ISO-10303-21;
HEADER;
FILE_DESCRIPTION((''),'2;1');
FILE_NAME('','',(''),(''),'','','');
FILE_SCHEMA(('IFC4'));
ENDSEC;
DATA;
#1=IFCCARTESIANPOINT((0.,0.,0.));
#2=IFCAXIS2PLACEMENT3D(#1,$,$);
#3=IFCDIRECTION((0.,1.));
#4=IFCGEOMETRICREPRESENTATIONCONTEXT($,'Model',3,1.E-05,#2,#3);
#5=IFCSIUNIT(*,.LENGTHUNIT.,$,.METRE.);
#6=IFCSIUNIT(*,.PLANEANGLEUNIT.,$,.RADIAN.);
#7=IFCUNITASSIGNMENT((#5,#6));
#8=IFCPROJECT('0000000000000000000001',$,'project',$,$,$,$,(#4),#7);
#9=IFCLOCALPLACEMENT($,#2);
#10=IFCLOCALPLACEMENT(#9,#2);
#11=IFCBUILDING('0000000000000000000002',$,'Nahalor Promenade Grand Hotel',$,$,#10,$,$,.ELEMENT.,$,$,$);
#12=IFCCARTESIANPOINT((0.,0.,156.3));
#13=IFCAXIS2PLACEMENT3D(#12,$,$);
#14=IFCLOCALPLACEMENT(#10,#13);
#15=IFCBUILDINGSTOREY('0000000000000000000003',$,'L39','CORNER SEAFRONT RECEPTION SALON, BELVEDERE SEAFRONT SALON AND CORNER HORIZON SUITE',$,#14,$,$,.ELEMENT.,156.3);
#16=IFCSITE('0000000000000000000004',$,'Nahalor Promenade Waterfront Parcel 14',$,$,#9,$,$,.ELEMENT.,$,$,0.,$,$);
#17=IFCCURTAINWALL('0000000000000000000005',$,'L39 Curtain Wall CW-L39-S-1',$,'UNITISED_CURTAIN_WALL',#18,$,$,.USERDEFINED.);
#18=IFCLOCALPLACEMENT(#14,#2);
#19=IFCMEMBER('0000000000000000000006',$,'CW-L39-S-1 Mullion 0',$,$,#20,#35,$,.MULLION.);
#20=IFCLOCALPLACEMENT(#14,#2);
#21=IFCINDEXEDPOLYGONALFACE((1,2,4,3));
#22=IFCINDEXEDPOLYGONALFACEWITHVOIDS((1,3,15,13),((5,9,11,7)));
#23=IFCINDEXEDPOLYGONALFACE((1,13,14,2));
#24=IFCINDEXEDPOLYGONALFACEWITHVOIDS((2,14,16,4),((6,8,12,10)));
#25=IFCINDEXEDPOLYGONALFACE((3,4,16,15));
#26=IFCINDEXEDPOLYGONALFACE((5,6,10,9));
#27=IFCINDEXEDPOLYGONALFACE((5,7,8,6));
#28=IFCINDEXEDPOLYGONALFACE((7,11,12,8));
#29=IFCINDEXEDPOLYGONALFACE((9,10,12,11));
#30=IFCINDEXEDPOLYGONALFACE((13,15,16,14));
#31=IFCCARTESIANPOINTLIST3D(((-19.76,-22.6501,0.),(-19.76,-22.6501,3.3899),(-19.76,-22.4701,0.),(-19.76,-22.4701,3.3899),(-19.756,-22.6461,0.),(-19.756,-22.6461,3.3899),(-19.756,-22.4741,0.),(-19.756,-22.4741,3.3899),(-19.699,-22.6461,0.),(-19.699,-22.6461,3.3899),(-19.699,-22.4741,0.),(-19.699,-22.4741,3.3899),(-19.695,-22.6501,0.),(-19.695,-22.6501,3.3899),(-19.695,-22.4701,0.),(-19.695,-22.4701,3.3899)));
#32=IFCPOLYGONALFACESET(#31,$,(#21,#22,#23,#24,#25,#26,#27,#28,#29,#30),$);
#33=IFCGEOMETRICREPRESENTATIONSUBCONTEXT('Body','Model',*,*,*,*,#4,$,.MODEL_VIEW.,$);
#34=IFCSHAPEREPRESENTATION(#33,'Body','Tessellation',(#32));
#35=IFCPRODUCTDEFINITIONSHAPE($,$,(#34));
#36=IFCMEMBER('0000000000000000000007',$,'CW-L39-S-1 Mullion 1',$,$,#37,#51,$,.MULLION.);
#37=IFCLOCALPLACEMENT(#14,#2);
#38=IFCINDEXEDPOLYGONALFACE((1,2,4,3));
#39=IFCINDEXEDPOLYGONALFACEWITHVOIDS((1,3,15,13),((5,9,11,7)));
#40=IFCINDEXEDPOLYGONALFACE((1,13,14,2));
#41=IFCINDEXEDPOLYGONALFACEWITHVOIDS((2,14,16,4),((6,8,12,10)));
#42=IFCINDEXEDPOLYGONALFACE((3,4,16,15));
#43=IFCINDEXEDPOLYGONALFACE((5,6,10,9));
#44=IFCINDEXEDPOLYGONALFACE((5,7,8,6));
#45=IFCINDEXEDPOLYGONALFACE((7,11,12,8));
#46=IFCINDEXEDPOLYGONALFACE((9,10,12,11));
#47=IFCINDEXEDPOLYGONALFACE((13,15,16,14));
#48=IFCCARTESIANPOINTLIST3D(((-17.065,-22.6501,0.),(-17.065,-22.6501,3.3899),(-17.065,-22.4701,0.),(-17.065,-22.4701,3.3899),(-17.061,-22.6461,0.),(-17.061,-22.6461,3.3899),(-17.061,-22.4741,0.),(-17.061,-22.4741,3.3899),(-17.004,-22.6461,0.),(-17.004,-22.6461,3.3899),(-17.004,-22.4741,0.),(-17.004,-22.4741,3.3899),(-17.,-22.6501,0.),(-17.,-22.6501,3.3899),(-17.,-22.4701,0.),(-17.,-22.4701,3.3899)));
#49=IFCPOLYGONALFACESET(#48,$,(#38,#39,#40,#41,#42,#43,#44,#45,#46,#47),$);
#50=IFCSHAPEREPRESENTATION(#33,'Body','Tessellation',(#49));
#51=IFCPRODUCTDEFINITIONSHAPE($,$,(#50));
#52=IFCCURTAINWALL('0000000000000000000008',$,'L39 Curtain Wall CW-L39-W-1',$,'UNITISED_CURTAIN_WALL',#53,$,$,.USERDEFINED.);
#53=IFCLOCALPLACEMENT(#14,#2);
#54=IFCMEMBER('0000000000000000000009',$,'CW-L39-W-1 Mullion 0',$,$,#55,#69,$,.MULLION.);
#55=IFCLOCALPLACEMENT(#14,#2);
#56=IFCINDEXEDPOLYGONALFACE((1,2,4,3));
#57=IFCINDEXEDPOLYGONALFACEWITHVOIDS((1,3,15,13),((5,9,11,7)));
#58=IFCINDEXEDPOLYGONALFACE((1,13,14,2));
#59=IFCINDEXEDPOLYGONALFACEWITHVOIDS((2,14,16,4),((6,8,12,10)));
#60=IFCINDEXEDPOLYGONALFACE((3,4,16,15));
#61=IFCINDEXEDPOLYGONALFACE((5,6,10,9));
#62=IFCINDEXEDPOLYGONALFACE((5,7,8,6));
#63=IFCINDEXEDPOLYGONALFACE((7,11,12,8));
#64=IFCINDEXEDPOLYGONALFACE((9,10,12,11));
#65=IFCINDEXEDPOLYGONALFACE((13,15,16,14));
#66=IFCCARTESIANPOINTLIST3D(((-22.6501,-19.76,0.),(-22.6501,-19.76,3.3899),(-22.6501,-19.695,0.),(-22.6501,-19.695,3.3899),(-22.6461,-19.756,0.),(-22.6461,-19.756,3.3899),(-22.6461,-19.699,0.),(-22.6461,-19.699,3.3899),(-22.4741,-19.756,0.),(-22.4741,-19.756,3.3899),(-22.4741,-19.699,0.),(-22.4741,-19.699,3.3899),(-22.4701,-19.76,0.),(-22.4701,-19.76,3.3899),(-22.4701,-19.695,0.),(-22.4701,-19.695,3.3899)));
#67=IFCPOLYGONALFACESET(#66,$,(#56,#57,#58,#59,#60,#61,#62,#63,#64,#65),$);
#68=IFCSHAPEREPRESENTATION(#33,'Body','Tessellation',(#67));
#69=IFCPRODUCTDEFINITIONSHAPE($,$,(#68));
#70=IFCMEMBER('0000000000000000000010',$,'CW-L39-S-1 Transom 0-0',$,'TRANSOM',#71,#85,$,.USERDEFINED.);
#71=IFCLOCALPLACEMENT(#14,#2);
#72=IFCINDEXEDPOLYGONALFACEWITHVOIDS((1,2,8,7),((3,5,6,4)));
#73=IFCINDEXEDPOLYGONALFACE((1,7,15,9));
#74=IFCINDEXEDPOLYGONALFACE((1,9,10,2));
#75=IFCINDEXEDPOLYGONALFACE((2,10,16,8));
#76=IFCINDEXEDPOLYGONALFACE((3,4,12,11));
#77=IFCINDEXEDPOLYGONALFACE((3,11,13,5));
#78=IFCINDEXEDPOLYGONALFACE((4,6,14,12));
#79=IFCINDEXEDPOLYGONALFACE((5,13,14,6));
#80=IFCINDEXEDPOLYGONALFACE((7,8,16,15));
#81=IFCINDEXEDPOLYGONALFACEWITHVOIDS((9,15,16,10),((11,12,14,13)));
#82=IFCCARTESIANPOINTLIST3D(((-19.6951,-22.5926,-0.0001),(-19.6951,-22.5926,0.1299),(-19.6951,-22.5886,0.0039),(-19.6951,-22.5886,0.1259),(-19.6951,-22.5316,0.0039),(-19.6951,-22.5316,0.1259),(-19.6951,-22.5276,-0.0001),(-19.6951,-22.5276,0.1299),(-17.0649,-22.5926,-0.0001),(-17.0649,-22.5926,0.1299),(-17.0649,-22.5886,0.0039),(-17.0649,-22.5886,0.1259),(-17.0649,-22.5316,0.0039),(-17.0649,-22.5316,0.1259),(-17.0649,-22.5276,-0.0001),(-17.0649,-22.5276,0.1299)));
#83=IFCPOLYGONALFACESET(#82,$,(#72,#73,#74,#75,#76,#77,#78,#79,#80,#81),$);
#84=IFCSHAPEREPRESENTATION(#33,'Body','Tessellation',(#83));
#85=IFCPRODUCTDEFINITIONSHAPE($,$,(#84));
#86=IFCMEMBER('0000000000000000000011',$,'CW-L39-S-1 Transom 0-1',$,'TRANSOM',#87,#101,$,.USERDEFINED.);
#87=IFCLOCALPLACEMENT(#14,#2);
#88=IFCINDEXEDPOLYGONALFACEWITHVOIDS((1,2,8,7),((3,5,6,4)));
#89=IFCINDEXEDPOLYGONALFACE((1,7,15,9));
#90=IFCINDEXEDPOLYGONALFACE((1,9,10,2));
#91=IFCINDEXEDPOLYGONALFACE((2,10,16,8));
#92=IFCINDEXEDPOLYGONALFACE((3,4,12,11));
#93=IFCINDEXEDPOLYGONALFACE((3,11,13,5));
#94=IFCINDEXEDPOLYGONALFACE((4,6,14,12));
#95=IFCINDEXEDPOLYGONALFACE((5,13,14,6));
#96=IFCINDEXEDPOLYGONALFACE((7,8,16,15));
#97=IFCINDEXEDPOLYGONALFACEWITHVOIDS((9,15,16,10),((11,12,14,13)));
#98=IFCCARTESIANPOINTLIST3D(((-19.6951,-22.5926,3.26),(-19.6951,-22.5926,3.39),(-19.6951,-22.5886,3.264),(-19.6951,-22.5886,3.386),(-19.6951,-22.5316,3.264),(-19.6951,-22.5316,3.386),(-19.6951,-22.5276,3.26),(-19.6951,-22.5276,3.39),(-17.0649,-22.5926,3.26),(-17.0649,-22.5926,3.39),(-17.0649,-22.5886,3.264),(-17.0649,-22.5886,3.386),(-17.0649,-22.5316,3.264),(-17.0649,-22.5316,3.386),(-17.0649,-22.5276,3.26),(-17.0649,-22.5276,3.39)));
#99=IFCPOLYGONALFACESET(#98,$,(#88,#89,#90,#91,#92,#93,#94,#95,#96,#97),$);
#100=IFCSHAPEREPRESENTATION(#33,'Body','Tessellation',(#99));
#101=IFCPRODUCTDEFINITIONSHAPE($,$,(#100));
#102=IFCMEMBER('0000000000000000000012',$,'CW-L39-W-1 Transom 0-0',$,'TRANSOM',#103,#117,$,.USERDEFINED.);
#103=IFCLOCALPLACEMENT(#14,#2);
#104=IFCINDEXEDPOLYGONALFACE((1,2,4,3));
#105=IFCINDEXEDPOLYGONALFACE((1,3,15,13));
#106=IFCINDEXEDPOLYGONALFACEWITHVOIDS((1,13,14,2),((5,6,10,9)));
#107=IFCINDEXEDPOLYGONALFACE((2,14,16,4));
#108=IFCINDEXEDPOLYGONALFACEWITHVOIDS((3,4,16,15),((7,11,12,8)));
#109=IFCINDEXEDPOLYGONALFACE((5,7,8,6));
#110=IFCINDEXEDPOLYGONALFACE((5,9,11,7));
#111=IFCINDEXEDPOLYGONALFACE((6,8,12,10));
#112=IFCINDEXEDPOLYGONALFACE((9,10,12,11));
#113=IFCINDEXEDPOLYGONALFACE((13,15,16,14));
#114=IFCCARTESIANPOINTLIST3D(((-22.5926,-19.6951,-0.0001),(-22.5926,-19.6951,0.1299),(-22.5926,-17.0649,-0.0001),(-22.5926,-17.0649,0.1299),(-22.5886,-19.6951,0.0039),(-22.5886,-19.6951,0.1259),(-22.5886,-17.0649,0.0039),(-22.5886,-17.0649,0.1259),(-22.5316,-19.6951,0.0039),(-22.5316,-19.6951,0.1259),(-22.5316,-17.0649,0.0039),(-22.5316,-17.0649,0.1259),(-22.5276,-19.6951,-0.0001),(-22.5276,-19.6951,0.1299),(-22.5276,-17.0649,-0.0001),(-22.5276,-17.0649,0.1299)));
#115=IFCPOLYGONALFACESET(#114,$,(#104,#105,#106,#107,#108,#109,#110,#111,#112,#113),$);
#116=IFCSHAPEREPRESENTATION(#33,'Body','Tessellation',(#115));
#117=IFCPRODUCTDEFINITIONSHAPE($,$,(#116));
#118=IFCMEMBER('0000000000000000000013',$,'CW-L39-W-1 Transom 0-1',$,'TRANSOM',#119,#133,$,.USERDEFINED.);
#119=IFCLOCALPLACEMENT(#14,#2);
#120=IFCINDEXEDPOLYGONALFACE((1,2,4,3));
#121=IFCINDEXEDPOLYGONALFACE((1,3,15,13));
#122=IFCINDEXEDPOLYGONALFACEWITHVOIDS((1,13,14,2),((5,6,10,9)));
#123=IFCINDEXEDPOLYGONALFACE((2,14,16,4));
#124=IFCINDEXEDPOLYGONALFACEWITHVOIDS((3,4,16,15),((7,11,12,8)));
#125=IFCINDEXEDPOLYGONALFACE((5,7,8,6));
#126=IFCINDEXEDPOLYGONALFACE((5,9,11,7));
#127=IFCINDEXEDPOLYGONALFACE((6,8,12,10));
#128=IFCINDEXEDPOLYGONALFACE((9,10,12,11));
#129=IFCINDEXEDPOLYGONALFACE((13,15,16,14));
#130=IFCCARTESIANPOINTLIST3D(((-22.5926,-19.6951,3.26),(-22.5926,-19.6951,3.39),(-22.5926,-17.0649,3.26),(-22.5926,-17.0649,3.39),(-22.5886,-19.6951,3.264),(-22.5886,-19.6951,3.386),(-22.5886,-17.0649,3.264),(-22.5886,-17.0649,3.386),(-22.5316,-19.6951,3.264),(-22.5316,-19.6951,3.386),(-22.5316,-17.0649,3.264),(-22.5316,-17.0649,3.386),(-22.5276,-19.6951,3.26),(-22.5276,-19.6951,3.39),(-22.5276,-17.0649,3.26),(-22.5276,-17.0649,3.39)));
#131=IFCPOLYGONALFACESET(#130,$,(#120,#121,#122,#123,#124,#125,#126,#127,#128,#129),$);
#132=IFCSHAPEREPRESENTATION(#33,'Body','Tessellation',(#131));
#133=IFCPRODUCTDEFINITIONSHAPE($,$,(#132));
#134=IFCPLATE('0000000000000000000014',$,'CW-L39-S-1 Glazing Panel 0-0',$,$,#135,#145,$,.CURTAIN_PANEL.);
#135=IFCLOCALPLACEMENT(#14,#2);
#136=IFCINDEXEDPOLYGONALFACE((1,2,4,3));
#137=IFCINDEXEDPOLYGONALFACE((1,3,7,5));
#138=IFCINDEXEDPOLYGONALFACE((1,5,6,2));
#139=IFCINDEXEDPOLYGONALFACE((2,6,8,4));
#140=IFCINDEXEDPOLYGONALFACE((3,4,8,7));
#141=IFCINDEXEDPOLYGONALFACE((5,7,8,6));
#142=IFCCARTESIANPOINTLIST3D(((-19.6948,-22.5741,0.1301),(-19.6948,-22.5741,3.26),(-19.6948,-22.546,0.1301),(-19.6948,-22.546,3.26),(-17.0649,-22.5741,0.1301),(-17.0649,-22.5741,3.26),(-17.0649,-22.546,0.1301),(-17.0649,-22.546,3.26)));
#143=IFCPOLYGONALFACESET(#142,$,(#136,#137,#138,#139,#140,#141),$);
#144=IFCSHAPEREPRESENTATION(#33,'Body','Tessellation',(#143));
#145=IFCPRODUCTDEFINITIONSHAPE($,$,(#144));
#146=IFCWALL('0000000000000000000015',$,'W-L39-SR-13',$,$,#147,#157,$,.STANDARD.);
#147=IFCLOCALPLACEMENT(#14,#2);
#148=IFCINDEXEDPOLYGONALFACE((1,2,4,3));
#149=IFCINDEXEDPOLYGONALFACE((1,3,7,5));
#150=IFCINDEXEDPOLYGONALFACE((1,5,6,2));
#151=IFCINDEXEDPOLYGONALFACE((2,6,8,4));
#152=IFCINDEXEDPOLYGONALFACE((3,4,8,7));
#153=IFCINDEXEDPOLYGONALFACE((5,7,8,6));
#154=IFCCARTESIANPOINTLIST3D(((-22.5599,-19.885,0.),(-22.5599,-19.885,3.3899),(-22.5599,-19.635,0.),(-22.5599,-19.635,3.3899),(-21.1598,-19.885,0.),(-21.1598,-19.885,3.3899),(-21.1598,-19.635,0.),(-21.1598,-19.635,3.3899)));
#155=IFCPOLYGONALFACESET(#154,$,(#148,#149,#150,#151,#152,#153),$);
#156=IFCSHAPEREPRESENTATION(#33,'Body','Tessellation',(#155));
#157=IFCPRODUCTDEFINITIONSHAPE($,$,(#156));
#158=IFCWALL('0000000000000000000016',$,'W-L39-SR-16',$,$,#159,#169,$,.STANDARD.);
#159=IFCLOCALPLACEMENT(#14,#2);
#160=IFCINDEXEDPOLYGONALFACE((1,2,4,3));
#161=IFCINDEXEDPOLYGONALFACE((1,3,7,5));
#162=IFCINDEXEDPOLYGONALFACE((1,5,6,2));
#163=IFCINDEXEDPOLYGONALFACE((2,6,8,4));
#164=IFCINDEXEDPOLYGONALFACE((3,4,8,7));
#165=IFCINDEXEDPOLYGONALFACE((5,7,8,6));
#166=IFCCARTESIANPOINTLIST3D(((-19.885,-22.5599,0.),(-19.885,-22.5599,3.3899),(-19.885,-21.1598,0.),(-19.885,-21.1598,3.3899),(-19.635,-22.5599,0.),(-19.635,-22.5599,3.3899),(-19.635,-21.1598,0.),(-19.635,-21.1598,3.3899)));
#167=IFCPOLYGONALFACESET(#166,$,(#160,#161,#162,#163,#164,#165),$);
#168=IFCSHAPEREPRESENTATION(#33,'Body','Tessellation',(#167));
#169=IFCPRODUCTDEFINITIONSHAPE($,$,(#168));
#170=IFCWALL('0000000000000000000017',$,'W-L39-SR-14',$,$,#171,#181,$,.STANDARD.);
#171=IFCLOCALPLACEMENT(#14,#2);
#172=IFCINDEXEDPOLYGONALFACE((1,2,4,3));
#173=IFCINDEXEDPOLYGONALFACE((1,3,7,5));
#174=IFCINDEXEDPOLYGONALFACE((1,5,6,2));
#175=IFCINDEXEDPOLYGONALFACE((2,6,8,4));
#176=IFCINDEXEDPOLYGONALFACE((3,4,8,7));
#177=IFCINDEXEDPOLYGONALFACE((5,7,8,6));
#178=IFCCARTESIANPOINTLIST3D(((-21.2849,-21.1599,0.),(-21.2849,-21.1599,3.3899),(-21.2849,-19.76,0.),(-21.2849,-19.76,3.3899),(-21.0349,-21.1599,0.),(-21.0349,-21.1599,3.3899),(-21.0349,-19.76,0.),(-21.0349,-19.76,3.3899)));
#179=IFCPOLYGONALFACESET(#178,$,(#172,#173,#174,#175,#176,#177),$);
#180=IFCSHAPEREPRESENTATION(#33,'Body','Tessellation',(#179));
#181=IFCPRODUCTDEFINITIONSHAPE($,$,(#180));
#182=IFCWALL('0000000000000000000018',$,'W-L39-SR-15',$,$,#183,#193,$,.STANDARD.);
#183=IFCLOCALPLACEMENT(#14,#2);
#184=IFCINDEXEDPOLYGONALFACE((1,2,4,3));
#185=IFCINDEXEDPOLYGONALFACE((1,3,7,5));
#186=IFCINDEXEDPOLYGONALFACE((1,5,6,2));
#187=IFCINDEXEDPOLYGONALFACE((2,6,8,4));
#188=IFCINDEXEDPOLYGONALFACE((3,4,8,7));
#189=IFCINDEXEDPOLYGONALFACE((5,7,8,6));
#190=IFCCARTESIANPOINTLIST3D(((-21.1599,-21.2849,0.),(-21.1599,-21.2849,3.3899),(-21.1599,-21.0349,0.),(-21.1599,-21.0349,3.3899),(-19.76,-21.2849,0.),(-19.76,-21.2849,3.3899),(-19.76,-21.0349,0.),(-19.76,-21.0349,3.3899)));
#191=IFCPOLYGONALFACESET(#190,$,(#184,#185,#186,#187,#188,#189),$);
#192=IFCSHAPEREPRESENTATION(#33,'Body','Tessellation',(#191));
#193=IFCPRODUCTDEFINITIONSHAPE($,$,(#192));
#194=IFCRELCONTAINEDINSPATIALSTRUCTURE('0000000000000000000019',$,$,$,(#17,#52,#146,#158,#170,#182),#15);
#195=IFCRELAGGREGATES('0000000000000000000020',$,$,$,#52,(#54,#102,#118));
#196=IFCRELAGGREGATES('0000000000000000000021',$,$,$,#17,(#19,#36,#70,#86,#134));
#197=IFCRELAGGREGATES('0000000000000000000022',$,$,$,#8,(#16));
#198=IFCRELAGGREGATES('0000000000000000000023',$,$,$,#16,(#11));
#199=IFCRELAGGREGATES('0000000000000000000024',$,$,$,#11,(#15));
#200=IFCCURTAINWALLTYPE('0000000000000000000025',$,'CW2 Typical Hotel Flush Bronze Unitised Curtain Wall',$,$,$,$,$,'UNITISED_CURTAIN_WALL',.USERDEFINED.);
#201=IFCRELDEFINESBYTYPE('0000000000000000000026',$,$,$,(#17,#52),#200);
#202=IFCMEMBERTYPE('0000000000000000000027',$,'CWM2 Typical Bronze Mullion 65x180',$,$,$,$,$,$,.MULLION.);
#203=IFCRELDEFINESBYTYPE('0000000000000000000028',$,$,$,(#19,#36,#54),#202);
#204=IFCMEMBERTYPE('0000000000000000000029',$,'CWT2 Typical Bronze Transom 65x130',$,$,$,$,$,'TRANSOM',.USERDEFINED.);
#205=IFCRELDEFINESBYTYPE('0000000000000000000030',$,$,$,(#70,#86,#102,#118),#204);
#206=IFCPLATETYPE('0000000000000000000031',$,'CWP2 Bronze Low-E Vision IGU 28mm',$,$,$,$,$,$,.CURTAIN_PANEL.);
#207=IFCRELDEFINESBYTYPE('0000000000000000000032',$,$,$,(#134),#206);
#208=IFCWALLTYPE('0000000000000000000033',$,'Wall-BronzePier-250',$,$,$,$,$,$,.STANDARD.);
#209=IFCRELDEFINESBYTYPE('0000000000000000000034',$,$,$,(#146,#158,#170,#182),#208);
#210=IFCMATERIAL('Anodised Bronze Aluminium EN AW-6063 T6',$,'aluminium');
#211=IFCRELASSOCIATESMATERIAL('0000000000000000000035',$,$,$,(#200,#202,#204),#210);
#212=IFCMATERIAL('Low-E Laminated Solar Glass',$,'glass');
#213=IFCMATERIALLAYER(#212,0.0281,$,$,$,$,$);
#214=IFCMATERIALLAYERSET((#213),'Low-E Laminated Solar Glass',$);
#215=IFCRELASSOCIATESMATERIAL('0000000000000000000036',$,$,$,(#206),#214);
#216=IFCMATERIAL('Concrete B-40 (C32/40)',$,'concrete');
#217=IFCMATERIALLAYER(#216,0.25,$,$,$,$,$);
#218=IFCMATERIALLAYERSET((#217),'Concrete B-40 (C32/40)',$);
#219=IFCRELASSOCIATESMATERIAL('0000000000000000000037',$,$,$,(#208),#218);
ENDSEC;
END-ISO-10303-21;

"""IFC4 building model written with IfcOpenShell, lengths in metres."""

from ifc_helpers import new_model, si_unit, direction, frame, frame_2d, origin, origin_2d, place, context, subcontext, project, spatial, rectangle, hollow_rectangle, extrude, source, transform, mapped, material, layer, layer_set, material_profile, profile_set, type_object, element, aggregate, save


model = new_model("IFC4")

# Units and contexts
model_context = context("Model", 3, precision=1e-05, world=origin(), true_north=direction((0.0, 1.0)))
body_context = subcontext(model_context, "Body", "Model", "MODEL_VIEW")
ifc_project = project(units=[si_unit("LENGTHUNIT", "METRE"), si_unit("PLANEANGLEUNIT", "RADIAN")], contexts=[model_context])

# Site, building, storey
site_placement = place(None, origin())
site = spatial("IfcSite", under=ifc_project, at=site_placement, Name="Nahalor Promenade Waterfront Parcel 14", CompositionType="ELEMENT", RefElevation=0.0)
building_placement = place(site_placement, origin())
building = spatial("IfcBuilding", under=site, at=building_placement, Name="Nahalor Promenade Grand Hotel", CompositionType="ELEMENT")
storey_placement = place(building_placement, frame((0.0, 0.0, 156.3)))
storey = spatial("IfcBuildingStorey", under=building, at=storey_placement, Name="L39", Description="CORNER SEAFRONT RECEPTION SALON, BELVEDERE SEAFRONT SALON AND CORNER HORIZON SUITE", CompositionType="ELEMENT", Elevation=156.3)

# Curtain wall, members
ifc_material_1 = material(Name="Anodised Bronze Aluminium EN AW-6063 T6", Category="aluminium")
curtain_wall_type = type_object("IfcCurtainWallType", Name="CW2 Typical Hotel Flush Bronze Unitised Curtain Wall", ElementType="UNITISED_CURTAIN_WALL", PredefinedType="USERDEFINED", material=ifc_material_1)
curtain_wall_1_placement = place(storey_placement, origin())
curtain_wall_1 = element("IfcCurtainWall", 1, at=curtain_wall_1_placement, inside=storey, type_object=curtain_wall_type, Name="L39 Curtain Wall CW-L39-S-1", ObjectType="UNITISED_CURTAIN_WALL", PredefinedType="USERDEFINED")
ifc_material_profile_1 = material_profile(ifc_material_1, hollow_rectangle(XDim=0.065, YDim=0.18, WallThickness=0.004, at=origin_2d()), Name="CWM 65x180x4")
ifc_profile_set_1 = profile_set([ifc_material_profile_1], Name="Anodised Bronze Aluminium EN AW-6063 T6")
member_type_1 = type_object("IfcMemberType", Name="CWM2 Typical Bronze Mullion 65x180", PredefinedType="MULLION", material=ifc_profile_set_1)
shared_shape_1 = source(origin(), body_context, "Body", "SweptSolid", [
    extrude(hollow_rectangle(XDim=0.065, YDim=0.18, WallThickness=0.004, at=origin_2d()), origin(), (0.0, 0.0, 1.0), 3.3899),
])
member_1_placement = place(storey_placement, frame((-19.7275, -22.5601, 0.0), z_axis=(0.0, 0.0, 1.0), x_axis=(1.0, 0.0, 0.0)))
member_1 = element("IfcMember", 2, at=member_1_placement, type_object=member_type_1, Name="CW-L39-S-1 Mullion 0", PredefinedType="MULLION", context=body_context, shape_type="MappedRepresentation", body=[
    mapped(shared_shape_1, transform((0.0, 0.0, 0.0), scale=1.0)),
])
member_2_placement = place(storey_placement, frame((-17.0325, -22.5601, 0.0), z_axis=(0.0, 0.0, 1.0), x_axis=(1.0, 0.0, 0.0)))
member_2 = element("IfcMember", 3, at=member_2_placement, type_object=member_type_1, Name="CW-L39-S-1 Mullion 1", PredefinedType="MULLION", context=body_context, shape_type="MappedRepresentation", body=[
    mapped(shared_shape_1, transform((0.0, 0.0, 0.0), scale=1.0)),
])

# Curtain wall, member
curtain_wall_2_placement = place(storey_placement, origin())
curtain_wall_2 = element("IfcCurtainWall", 4, at=curtain_wall_2_placement, inside=storey, type_object=curtain_wall_type, Name="L39 Curtain Wall CW-L39-W-1", ObjectType="UNITISED_CURTAIN_WALL", PredefinedType="USERDEFINED")
member_3_placement = place(storey_placement, frame((-22.5601, -19.7275, 0.0), z_axis=(0.0, 0.0, 1.0), x_axis=(0.0, 1.0, 0.0)))
member_3 = element("IfcMember", 5, at=member_3_placement, type_object=member_type_1, Name="CW-L39-W-1 Mullion 0", PredefinedType="MULLION", context=body_context, shape_type="MappedRepresentation", body=[
    mapped(shared_shape_1, transform((0.0, 0.0, 0.0), scale=1.0)),
])

# Members
ifc_material_profile_2 = material_profile(ifc_material_1, hollow_rectangle(XDim=0.065, YDim=0.13, WallThickness=0.004, at=origin_2d()), Name="CWT 65x130x4")
ifc_profile_set_2 = profile_set([ifc_material_profile_2], Name="Anodised Bronze Aluminium EN AW-6063 T6")
member_type_2 = type_object("IfcMemberType", Name="CWT2 Typical Bronze Transom 65x130", ElementType="TRANSOM", PredefinedType="USERDEFINED", material=ifc_profile_set_2)
shared_shape_2 = source(origin(), body_context, "Body", "SweptSolid", [
    extrude(hollow_rectangle(XDim=0.065, YDim=0.13, WallThickness=0.004, at=origin_2d()), origin(), (0.0, 0.0, 1.0), 2.6301),
])
member_4_placement = place(storey_placement, frame((-19.6951, -22.5601, 0.0649), z_axis=(1.0, 0.0, 0.0), x_axis=(0.0, 1.0, 0.0)))
member_4 = element("IfcMember", 6, at=member_4_placement, type_object=member_type_2, Name="CW-L39-S-1 Transom 0-0", ObjectType="TRANSOM", PredefinedType="USERDEFINED", context=body_context, shape_type="MappedRepresentation", body=[
    mapped(shared_shape_2, transform((0.0, 0.0, 0.0), scale=1.0)),
])
member_5_placement = place(storey_placement, frame((-19.6951, -22.5601, 3.325), z_axis=(1.0, 0.0, 0.0), x_axis=(0.0, 1.0, 0.0)))
member_5 = element("IfcMember", 7, at=member_5_placement, type_object=member_type_2, Name="CW-L39-S-1 Transom 0-1", ObjectType="TRANSOM", PredefinedType="USERDEFINED", context=body_context, shape_type="MappedRepresentation", body=[
    mapped(shared_shape_2, transform((0.0, 0.0, 0.0), scale=1.0)),
])
member_6_placement = place(storey_placement, frame((-22.5601, -19.6951, 0.0649), z_axis=(0.0, 1.0, 0.0), x_axis=(-1.0, 0.0, 0.0)))
member_6 = element("IfcMember", 8, at=member_6_placement, type_object=member_type_2, Name="CW-L39-W-1 Transom 0-0", ObjectType="TRANSOM", PredefinedType="USERDEFINED", context=body_context, shape_type="MappedRepresentation", body=[
    mapped(shared_shape_2, transform((0.0, 0.0, 0.0), scale=1.0)),
])
member_7_placement = place(storey_placement, frame((-22.5601, -19.6951, 3.325), z_axis=(0.0, 1.0, 0.0), x_axis=(-1.0, 0.0, 0.0)))
member_7 = element("IfcMember", 9, at=member_7_placement, type_object=member_type_2, Name="CW-L39-W-1 Transom 0-1", ObjectType="TRANSOM", PredefinedType="USERDEFINED", context=body_context, shape_type="MappedRepresentation", body=[
    mapped(shared_shape_2, transform((0.0, 0.0, 0.0), scale=1.0)),
])
aggregate(curtain_wall_2, [member_3, member_6, member_7])

# Plate
ifc_material_2 = material(Name="Low-E Laminated Solar Glass", Category="glass")
ifc_layer_1 = layer(ifc_material_2, 0.0281)
ifc_layer_set_1 = layer_set([ifc_layer_1], Name="Low-E Laminated Solar Glass")
plate_type = type_object("IfcPlateType", Name="CWP2 Bronze Low-E Vision IGU 28mm", PredefinedType="CURTAIN_PANEL", material=ifc_layer_set_1)
shared_shape_3 = source(origin(), body_context, "Body", "SweptSolid", [
    extrude(rectangle(XDim=2.6299, YDim=0.0281, at=origin_2d()), origin(), (0.0, 0.0, 1.0), 3.1299),
])
plate_placement = place(storey_placement, frame((-18.3799, -22.5601, 0.1301), z_axis=(0.0, 0.0, 1.0), x_axis=(1.0, 0.0, 0.0)))
plate = element("IfcPlate", 10, at=plate_placement, type_object=plate_type, Name="CW-L39-S-1 Glazing Panel 0-0", PredefinedType="CURTAIN_PANEL", context=body_context, shape_type="MappedRepresentation", body=[
    mapped(shared_shape_3, transform((0.0, 0.0, 0.0), scale=1.0)),
])
aggregate(curtain_wall_1, [member_1, member_2, member_4, member_5, plate])

# Walls
ifc_material_3 = material(Name="Concrete B-40 (C32/40)", Category="concrete")
ifc_layer_2 = layer(ifc_material_3, 0.25)
ifc_layer_set_2 = layer_set([ifc_layer_2], Name="Concrete B-40 (C32/40)")
wall_type_1 = type_object("IfcWallType", Name="Wall-BronzePier-250", PredefinedType="STANDARD", material=ifc_layer_set_2)
shared_shape_4 = source(origin(), body_context, "Body", "SweptSolid", [
    extrude(rectangle(XDim=1.4001, YDim=0.25, at=frame_2d((0.7002, 0.0))), origin(), (0.0, 0.0, 1.0), 3.3899),
])
for number, where, z_axis, x_axis, name in (
    (11, (-22.5601, -19.76, 0.0), (0.0, 0.0, 1.0), (1.0, 0.0, 0.0), "W-L39-SR-13"),
    (12, (-19.76, -22.5601, 0.0), (0.0, 0.0, 1.0), (0.0, 1.0, 0.0), "W-L39-SR-16"),
):
    element("IfcWall", number, at=place(storey_placement, frame(where, z_axis=z_axis, x_axis=x_axis)), inside=storey, type_object=wall_type_1, Name=name, PredefinedType="STANDARD", context=body_context, shape_type="MappedRepresentation", body=[
        mapped(shared_shape_4, transform((0.0, 0.0, 0.0), scale=1.0)),
    ])
shared_shape_5 = source(origin(), body_context, "Body", "SweptSolid", [
    extrude(rectangle(XDim=1.3999, YDim=0.25, at=frame_2d((0.7, 0.0))), origin(), (0.0, 0.0, 1.0), 3.3899),
])
for number, where, z_axis, x_axis, name in (
    (13, (-21.1599, -21.1599, 0.0), (0.0, 0.0, 1.0), (0.0, 1.0, 0.0), "W-L39-SR-14"),
    (14, (-21.1599, -21.1599, 0.0), (0.0, 0.0, 1.0), (1.0, 0.0, 0.0), "W-L39-SR-15"),
):
    element("IfcWall", number, at=place(storey_placement, frame(where, z_axis=z_axis, x_axis=x_axis)), inside=storey, type_object=wall_type_1, Name=name, PredefinedType="STANDARD", context=body_context, shape_type="MappedRepresentation", body=[
        mapped(shared_shape_5, transform((0.0, 0.0, 0.0), scale=1.0)),
    ])

save(model, "model.ifc")
